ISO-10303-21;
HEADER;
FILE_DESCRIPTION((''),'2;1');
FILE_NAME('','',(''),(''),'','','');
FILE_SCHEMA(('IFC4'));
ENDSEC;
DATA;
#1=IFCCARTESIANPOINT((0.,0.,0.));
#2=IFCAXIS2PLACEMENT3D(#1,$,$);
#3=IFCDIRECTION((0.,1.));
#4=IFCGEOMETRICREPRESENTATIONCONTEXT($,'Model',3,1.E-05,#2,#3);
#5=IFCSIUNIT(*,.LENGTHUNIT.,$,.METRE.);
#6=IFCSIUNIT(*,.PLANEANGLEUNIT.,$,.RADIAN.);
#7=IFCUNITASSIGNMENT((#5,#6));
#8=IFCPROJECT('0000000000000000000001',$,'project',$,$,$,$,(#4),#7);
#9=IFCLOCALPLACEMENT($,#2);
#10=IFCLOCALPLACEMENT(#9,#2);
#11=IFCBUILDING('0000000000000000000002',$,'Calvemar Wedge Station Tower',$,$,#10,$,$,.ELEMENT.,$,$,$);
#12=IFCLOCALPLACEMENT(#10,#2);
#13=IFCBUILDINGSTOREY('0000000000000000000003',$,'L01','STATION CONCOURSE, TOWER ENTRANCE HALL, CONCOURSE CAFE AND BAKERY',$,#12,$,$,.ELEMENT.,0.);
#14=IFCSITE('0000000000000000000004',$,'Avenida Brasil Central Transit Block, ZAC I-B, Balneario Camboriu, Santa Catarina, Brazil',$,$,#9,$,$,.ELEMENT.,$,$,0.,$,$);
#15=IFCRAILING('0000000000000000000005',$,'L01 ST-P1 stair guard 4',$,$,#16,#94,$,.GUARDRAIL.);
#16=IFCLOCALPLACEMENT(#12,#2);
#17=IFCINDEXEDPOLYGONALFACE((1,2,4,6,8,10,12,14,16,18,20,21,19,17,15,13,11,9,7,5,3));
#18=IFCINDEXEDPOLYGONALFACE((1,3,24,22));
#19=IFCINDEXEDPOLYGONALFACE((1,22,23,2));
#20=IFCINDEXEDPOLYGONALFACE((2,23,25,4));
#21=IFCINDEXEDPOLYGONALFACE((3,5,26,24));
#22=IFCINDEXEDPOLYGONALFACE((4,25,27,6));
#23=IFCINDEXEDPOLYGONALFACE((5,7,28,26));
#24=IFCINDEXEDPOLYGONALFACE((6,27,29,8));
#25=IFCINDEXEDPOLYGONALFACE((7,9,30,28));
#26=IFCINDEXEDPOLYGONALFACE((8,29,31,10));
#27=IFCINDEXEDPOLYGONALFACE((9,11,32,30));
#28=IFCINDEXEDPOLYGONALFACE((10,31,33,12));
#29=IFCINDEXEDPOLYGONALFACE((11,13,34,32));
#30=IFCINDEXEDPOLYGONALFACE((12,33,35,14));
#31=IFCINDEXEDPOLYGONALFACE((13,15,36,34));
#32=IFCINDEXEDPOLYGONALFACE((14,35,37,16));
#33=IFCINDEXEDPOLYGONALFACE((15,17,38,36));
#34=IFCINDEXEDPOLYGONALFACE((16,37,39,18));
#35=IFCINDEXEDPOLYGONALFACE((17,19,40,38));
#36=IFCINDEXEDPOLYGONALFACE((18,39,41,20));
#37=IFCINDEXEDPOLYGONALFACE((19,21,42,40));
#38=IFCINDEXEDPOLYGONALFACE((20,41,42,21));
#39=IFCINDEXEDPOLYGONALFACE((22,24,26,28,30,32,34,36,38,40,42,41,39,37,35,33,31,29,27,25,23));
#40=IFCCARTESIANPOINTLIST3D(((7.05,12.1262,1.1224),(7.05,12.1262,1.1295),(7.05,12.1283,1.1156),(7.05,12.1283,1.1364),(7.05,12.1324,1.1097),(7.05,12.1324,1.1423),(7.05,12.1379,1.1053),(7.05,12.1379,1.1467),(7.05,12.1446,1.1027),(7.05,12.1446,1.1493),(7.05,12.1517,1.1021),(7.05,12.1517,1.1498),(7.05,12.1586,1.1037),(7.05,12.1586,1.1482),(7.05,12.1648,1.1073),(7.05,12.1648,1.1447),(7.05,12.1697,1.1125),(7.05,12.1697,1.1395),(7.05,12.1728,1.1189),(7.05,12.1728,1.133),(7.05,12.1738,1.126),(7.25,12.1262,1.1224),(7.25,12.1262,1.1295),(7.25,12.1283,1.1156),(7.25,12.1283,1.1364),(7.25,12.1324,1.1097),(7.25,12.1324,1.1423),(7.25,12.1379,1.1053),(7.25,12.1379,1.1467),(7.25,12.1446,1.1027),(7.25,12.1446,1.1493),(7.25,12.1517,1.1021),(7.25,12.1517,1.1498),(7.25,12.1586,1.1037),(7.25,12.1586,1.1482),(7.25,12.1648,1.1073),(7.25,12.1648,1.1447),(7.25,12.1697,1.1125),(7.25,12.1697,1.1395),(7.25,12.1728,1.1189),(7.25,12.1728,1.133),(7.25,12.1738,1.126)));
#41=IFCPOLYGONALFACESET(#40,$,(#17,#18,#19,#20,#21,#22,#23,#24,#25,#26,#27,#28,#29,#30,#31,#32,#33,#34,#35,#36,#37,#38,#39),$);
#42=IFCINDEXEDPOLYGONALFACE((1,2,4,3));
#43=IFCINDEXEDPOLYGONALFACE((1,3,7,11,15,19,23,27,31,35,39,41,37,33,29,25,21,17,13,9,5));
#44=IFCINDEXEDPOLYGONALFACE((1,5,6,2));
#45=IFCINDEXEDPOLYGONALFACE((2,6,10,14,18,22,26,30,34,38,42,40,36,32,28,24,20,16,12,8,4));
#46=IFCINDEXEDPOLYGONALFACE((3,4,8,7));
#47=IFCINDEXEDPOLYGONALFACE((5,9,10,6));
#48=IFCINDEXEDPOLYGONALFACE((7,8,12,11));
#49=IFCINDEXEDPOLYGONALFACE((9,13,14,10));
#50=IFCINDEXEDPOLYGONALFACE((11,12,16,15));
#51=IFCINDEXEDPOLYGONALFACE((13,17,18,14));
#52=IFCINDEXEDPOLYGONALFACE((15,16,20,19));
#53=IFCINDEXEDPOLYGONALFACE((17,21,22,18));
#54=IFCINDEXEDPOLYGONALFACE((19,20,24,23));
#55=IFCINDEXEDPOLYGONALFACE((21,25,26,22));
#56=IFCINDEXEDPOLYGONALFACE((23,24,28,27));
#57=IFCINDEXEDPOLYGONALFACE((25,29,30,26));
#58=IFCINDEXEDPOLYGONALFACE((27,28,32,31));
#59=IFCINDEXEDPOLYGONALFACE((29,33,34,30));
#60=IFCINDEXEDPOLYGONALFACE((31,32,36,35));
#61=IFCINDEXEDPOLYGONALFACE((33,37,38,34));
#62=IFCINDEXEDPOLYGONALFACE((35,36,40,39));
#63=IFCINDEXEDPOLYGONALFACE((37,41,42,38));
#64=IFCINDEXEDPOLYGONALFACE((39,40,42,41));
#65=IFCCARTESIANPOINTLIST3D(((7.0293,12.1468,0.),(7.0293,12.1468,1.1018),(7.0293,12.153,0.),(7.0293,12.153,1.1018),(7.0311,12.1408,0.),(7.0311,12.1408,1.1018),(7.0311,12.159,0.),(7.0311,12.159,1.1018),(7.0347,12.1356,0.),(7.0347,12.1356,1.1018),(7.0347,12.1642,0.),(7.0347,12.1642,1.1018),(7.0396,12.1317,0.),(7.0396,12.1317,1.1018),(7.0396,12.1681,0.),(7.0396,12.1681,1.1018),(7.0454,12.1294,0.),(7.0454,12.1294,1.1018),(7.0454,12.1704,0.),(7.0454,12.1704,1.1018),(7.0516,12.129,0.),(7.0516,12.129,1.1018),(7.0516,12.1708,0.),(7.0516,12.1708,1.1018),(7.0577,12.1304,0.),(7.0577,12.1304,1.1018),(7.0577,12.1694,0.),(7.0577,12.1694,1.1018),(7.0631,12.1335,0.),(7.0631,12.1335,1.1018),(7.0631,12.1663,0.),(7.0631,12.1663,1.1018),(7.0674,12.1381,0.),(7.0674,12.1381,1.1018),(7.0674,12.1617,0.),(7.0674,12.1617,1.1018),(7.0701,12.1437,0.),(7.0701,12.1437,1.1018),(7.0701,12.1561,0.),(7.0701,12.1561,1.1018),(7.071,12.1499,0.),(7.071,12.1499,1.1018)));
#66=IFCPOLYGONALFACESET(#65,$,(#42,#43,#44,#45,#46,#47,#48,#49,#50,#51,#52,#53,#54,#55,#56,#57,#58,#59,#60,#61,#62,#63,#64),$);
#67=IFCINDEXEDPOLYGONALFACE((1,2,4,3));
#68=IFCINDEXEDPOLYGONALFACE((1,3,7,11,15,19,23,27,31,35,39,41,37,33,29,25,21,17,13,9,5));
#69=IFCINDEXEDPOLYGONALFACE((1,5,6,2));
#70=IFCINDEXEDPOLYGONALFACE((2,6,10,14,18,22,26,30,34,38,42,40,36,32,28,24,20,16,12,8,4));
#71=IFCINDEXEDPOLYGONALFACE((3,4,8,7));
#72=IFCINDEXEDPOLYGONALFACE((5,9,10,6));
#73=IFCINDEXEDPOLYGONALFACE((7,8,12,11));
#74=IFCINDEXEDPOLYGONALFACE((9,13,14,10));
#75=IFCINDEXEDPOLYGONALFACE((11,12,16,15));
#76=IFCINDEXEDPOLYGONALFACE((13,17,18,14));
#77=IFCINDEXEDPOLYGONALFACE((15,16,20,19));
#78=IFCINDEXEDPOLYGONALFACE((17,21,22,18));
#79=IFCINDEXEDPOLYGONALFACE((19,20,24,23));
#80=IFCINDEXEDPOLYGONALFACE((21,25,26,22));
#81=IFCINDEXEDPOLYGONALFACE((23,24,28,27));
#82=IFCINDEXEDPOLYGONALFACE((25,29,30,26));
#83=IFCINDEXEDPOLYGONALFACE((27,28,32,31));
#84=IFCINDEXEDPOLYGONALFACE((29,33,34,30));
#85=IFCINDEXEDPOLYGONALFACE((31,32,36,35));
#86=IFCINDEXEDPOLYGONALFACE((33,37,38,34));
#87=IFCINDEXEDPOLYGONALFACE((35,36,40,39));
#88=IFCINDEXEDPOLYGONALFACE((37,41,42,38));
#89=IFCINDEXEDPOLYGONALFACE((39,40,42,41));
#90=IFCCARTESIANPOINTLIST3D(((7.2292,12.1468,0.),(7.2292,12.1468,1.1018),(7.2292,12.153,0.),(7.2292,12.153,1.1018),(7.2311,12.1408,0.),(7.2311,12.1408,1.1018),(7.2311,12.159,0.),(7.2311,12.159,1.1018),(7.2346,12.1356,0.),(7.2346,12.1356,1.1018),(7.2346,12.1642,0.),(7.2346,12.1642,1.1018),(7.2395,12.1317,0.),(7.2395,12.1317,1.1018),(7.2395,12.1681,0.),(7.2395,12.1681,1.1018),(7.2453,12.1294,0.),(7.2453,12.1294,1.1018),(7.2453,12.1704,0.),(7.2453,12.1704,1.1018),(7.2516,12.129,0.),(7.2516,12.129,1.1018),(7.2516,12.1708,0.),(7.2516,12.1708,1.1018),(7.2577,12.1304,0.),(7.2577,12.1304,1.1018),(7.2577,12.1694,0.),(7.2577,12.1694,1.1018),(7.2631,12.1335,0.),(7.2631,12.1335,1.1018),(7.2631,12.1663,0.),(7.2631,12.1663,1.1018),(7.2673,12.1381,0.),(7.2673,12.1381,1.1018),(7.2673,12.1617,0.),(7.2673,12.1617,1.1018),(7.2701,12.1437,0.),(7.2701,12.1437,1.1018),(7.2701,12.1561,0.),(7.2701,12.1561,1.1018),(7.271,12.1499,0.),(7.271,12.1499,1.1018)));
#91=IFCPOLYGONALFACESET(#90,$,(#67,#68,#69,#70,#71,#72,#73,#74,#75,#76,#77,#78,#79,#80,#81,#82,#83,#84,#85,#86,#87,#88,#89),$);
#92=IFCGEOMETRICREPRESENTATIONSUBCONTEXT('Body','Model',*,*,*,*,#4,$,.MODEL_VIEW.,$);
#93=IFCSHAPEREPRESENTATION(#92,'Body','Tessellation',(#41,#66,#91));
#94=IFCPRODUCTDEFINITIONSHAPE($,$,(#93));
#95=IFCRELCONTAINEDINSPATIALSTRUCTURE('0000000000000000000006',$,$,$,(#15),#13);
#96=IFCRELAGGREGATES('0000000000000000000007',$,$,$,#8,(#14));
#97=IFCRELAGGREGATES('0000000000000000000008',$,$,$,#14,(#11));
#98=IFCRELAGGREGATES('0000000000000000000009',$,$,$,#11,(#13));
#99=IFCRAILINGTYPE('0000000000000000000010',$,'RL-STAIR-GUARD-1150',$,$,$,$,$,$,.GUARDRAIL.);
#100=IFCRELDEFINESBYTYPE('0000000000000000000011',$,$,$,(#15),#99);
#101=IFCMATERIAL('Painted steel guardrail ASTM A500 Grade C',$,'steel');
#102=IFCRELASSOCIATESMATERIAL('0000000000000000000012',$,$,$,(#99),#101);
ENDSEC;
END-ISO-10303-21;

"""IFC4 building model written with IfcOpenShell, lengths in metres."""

from ifc_helpers import new_model, si_unit, direction, frame, origin, origin_2d, place, context, subcontext, project, spatial, circle, extrude, material, type_object, element, save


model = new_model("IFC4")

# Units and contexts
model_context = context("Model", 3, precision=1e-05, world=origin(), true_north=direction((0.0, 1.0)))
body_context = subcontext(model_context, "Body", "Model", "MODEL_VIEW")
ifc_project = project(units=[si_unit("LENGTHUNIT", "METRE"), si_unit("PLANEANGLEUNIT", "RADIAN")], contexts=[model_context])

# Site, building, storey
site_placement = place(None, origin())
site = spatial("IfcSite", under=ifc_project, at=site_placement, Name="Avenida Brasil Central Transit Block, ZAC I-B, Balneario Camboriu, Santa Catarina, Brazil", CompositionType="ELEMENT", RefElevation=0.0)
building_placement = place(site_placement, origin())
building = spatial("IfcBuilding", under=site, at=building_placement, Name="Calvemar Wedge Station Tower", CompositionType="ELEMENT")
storey_placement = place(building_placement, origin())
storey = spatial("IfcBuildingStorey", under=building, at=storey_placement, Name="L01", Description="STATION CONCOURSE, TOWER ENTRANCE HALL, CONCOURSE CAFE AND BAKERY", CompositionType="ELEMENT", Elevation=0.0)

# Railing
ifc_material_1 = material(Name="Painted steel guardrail ASTM A500 Grade C", Category="steel")
railing_type_1 = type_object("IfcRailingType", Name="RL-STAIR-GUARD-1150", PredefinedType="GUARDRAIL", material=ifc_material_1)
railing_1_placement = place(storey_placement, frame((7.05, 12.1499, 0.0)))
element("IfcRailing", 1, at=railing_1_placement, inside=storey, type_object=railing_type_1, Name="L01 ST-P1 stair guard 4", PredefinedType="GUARDRAIL", context=body_context, shape_type="SweptSolid", body=[
    extrude(circle(Radius=0.0239, at=origin_2d()), frame((0.0, 0.0, 1.126), z_axis=(1.0, 0.0, 0.0), x_axis=(0.0, 1.0, 0.0)), (0.0, 0.0, 1.0), 0.2),
    extrude(circle(Radius=0.021, at=origin_2d()), origin(), (0.0, 0.0, 1.0), 1.1018),
    extrude(circle(Radius=0.021, at=origin_2d()), frame((0.2, 0.0, 0.0)), (0.0, 0.0, 1.0), 1.1018),
])

save(model, "model.ifc")
